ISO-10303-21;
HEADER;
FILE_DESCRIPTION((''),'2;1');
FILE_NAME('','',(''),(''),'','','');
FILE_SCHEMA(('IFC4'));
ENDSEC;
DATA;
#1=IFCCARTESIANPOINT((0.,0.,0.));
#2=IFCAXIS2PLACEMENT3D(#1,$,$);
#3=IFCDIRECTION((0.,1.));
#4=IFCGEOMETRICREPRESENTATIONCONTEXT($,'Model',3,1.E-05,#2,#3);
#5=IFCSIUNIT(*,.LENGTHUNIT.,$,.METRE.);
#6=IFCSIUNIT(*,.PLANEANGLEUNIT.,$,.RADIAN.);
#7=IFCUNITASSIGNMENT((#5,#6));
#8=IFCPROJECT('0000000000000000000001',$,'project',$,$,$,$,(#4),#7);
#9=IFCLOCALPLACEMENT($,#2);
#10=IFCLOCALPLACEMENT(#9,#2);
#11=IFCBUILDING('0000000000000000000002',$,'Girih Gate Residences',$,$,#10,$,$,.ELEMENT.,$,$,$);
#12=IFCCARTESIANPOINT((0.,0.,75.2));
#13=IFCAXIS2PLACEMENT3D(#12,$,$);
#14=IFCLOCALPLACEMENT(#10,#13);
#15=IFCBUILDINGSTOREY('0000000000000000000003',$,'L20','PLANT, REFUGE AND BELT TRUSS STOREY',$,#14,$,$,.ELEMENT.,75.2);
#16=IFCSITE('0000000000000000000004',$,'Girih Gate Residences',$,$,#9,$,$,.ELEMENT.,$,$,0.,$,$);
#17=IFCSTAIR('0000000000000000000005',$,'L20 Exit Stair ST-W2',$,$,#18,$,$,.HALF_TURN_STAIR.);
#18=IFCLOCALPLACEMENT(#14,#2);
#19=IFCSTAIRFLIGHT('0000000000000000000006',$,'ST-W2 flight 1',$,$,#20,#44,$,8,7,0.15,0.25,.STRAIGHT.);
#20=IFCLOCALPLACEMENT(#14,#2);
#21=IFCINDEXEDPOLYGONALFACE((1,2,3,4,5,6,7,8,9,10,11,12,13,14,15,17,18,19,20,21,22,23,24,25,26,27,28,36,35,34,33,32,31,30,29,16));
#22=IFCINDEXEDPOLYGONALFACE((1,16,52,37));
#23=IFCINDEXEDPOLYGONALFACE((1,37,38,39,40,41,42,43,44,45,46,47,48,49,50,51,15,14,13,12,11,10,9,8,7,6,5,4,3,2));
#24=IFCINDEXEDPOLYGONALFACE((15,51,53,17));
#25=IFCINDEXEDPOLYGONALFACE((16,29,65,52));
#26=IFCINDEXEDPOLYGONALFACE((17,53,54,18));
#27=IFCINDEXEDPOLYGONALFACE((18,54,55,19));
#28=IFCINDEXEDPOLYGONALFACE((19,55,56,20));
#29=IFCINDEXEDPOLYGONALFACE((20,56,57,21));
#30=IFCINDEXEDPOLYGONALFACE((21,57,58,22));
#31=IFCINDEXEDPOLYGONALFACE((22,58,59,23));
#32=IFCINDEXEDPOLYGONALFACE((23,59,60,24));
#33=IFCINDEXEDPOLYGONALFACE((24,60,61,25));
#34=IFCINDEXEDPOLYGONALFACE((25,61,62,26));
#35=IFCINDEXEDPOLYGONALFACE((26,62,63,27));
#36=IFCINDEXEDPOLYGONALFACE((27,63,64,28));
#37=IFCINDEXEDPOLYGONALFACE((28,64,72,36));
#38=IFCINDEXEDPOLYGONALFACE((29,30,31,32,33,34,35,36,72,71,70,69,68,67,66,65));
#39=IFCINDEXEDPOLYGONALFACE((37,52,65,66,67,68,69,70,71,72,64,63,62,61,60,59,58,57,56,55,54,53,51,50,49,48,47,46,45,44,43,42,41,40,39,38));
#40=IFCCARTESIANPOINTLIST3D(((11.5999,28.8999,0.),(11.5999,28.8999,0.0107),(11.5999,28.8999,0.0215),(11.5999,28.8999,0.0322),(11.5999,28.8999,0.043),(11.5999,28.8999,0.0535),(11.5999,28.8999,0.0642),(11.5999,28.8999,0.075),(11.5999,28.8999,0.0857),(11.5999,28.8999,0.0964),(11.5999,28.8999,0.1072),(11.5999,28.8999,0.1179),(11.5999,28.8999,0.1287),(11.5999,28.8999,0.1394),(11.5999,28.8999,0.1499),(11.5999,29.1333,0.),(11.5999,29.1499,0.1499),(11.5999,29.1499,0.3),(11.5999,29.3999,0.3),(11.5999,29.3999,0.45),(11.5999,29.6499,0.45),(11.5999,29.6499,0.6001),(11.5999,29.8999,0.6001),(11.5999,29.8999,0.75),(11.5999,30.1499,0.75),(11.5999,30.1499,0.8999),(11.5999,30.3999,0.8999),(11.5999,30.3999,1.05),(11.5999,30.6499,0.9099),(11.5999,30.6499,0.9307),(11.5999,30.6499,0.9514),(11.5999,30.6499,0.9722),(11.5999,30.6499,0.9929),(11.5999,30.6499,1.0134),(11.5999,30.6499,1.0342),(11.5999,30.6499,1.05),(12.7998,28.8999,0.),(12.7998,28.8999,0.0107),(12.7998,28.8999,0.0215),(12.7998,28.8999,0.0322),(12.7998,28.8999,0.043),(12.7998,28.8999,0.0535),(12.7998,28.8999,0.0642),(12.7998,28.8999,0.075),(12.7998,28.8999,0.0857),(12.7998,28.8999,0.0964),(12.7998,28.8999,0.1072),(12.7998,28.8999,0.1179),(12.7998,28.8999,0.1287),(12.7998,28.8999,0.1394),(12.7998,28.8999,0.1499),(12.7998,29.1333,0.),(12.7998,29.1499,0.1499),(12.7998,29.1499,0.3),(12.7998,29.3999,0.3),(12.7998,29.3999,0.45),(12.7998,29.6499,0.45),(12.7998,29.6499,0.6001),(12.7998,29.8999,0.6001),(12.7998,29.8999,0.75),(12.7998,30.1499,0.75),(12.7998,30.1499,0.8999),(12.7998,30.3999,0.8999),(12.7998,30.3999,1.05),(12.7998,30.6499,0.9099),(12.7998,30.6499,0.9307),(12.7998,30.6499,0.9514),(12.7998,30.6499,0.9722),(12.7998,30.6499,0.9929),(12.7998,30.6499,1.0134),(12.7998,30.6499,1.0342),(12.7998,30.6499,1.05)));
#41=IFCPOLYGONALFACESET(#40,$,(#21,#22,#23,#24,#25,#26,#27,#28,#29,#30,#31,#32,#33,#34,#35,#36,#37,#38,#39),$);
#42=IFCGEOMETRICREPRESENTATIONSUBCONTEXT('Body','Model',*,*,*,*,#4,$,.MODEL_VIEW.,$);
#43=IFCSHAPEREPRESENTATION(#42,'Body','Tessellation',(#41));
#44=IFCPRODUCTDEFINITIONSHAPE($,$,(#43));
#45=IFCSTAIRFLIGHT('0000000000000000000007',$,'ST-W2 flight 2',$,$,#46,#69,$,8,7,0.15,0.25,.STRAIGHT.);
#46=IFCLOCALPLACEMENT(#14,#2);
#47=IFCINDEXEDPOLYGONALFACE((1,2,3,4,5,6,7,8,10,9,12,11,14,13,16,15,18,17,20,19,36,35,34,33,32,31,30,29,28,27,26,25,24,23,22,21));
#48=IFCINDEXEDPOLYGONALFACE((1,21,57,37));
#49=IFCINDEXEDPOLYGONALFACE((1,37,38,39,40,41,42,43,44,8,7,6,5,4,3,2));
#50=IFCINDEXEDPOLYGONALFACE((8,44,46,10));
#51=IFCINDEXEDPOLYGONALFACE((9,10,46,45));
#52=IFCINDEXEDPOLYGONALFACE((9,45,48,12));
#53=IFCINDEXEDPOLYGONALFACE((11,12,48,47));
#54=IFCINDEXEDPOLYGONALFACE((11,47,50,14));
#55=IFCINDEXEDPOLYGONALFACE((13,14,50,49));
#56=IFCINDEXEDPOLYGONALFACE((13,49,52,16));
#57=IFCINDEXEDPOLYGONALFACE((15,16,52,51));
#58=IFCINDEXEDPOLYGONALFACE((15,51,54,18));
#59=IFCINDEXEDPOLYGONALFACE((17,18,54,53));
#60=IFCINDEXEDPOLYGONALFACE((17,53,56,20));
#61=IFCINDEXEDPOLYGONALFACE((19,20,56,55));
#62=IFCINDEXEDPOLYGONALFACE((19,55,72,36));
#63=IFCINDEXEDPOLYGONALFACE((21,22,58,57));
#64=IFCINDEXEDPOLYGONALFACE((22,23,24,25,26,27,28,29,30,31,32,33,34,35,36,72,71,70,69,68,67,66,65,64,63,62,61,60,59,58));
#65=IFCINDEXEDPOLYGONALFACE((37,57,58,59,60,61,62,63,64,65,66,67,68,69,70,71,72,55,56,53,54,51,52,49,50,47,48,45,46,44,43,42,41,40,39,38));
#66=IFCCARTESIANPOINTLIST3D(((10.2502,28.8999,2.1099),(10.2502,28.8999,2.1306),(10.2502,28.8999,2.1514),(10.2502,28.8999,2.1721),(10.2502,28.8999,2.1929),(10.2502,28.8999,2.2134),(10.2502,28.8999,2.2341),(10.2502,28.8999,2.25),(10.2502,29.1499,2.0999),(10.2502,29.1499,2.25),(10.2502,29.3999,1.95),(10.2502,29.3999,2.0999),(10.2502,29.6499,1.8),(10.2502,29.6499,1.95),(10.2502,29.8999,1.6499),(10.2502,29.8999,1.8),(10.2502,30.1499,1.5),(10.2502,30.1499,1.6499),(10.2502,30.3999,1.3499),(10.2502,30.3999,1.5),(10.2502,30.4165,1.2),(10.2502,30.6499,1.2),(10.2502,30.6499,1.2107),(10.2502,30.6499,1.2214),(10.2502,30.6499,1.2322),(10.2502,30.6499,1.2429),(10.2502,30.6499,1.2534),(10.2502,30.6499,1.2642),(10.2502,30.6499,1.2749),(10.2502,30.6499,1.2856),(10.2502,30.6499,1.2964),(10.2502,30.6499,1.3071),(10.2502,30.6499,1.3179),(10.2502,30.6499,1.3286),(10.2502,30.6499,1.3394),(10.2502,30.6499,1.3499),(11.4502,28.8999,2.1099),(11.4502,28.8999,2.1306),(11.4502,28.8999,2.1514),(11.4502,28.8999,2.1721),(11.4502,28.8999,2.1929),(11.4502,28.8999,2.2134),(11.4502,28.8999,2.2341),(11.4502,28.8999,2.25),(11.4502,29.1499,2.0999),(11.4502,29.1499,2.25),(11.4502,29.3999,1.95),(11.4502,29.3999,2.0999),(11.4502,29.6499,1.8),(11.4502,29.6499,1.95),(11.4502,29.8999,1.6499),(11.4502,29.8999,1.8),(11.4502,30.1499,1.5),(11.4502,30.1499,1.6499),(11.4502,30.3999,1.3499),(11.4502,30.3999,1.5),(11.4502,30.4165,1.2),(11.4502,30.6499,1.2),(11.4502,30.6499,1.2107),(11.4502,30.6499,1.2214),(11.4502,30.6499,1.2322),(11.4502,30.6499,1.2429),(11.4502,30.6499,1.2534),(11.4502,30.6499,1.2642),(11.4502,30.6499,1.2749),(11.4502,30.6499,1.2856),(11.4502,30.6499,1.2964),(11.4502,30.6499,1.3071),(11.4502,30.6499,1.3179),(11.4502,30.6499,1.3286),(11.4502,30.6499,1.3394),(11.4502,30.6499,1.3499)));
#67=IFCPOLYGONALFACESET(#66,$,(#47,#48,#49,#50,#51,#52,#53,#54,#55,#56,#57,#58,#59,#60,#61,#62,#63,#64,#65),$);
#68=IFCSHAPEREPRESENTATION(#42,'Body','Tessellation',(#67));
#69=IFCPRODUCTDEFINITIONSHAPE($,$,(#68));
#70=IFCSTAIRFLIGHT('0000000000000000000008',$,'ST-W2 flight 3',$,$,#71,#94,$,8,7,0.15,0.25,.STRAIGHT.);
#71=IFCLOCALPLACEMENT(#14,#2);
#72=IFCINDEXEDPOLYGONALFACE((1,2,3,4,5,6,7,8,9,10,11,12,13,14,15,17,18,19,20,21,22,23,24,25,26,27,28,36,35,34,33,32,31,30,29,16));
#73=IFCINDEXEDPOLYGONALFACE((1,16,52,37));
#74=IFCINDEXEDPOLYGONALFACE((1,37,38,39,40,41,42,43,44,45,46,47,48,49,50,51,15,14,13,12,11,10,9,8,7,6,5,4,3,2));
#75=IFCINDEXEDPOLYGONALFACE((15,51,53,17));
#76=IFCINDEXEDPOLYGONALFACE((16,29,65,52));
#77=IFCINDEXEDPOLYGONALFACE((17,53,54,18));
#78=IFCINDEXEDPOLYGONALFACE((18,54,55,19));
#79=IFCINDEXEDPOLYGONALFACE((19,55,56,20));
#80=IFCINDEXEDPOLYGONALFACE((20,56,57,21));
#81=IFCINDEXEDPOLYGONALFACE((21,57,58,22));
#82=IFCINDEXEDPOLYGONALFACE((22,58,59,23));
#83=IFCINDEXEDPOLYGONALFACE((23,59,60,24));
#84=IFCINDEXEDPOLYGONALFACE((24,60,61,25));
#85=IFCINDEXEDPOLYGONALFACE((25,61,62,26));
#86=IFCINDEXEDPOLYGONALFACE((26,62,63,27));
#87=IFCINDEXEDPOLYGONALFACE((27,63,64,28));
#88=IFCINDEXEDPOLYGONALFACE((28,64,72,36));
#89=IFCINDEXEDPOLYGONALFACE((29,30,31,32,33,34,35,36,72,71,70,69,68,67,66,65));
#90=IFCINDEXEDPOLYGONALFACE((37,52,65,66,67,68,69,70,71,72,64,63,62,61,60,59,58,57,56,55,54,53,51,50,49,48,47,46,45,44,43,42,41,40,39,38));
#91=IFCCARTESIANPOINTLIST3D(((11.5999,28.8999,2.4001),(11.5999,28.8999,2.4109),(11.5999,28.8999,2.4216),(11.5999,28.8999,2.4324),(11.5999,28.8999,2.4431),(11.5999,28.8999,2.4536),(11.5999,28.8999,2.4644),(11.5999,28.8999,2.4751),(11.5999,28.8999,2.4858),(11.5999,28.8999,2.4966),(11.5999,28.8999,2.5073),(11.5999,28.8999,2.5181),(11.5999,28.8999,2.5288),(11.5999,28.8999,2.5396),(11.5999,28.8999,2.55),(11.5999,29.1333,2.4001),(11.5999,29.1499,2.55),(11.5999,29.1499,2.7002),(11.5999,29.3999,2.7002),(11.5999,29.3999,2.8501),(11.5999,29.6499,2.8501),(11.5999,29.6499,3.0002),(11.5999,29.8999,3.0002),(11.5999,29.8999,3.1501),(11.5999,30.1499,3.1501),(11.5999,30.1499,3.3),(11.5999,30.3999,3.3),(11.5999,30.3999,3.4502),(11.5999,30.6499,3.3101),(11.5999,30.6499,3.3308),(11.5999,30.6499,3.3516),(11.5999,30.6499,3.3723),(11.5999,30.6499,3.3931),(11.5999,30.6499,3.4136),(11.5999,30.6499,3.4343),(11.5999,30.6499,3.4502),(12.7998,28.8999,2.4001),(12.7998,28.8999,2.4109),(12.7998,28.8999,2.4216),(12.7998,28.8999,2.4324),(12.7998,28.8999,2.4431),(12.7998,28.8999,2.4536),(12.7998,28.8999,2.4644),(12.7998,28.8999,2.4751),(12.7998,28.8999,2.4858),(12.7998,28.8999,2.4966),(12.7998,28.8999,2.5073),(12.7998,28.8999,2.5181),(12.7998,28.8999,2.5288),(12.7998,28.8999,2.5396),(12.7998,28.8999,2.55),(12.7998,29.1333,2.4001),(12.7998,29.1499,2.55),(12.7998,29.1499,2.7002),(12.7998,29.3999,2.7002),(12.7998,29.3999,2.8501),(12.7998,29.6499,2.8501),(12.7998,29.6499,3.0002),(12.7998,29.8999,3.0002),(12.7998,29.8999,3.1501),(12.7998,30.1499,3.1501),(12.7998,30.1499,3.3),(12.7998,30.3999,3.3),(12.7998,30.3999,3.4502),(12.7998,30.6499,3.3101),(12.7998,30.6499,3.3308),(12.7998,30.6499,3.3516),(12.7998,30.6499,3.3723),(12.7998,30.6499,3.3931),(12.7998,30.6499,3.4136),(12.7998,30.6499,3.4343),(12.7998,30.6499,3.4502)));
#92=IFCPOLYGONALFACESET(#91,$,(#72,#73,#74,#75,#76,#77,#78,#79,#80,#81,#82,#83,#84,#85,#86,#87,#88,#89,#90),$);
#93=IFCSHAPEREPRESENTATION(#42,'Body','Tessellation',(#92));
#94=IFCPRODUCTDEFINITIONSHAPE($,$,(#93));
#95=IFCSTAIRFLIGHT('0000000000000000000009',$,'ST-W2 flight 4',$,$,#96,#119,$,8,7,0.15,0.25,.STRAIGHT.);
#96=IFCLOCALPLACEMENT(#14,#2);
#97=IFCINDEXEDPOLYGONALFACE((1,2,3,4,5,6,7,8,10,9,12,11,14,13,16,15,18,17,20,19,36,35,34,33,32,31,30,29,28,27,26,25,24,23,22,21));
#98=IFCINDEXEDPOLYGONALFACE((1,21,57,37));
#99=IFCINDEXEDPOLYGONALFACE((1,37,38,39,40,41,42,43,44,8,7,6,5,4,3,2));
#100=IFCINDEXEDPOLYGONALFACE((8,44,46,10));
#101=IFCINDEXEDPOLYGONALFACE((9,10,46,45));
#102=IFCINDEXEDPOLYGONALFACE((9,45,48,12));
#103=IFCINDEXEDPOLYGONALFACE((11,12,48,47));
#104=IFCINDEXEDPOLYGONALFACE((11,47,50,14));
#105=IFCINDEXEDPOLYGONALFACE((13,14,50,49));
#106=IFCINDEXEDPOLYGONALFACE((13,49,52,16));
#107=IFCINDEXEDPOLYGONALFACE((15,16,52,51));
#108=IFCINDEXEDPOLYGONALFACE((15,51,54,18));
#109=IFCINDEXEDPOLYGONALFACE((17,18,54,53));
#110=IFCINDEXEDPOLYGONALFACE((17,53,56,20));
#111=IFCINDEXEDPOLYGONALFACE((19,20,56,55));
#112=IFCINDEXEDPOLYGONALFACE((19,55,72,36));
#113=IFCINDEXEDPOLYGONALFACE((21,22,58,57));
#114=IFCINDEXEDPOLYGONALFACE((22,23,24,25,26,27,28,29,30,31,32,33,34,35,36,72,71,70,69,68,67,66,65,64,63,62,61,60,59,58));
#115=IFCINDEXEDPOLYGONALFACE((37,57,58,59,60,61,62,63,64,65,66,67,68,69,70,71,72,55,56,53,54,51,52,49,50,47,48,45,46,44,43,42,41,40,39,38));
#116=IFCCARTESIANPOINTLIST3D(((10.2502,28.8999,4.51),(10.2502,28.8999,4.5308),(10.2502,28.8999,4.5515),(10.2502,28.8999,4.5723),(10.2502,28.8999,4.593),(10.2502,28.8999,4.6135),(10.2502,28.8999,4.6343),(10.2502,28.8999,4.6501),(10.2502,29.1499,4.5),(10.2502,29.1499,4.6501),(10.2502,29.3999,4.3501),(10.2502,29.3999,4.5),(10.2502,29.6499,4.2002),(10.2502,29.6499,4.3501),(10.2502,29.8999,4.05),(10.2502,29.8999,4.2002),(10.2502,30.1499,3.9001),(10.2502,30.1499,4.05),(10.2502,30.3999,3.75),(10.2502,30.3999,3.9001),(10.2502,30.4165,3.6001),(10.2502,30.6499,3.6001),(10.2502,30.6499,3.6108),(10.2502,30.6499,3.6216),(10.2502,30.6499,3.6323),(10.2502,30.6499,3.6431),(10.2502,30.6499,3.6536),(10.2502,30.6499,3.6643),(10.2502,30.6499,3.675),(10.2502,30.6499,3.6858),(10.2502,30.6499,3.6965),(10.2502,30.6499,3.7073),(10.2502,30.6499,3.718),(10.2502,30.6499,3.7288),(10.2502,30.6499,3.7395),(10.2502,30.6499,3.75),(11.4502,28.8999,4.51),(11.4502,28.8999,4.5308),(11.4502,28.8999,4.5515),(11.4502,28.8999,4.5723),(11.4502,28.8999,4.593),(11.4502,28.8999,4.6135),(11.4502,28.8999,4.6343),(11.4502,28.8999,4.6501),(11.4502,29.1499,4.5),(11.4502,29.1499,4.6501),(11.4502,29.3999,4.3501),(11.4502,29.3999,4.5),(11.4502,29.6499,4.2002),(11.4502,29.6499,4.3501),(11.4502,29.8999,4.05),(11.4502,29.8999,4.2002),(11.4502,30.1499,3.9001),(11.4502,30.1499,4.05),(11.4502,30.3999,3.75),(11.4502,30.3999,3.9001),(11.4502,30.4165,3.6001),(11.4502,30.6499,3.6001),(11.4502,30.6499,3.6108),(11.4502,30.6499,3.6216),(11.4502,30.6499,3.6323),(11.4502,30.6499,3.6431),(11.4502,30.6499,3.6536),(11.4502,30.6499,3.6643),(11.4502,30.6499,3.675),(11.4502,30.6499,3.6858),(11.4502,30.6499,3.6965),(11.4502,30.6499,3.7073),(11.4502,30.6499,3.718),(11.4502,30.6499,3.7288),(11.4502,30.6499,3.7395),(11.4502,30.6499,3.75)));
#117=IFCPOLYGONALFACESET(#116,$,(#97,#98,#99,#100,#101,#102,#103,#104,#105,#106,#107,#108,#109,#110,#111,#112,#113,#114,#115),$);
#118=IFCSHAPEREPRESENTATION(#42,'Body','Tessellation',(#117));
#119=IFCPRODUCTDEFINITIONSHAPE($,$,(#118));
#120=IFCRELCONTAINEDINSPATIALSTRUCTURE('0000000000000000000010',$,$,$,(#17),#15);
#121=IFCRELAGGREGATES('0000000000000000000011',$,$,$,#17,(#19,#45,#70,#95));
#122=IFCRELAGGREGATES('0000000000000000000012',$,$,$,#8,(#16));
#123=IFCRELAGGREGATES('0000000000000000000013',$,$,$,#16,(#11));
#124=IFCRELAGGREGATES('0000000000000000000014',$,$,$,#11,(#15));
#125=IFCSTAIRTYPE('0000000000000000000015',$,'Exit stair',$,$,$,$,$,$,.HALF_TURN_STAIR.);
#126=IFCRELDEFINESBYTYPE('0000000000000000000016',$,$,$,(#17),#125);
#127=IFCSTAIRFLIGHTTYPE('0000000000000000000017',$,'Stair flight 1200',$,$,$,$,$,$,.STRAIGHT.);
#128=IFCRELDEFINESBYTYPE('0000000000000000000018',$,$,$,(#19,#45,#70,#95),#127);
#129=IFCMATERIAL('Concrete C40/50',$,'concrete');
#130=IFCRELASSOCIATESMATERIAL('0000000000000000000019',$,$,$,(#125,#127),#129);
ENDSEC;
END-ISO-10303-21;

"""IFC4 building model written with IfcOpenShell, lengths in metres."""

from ifc_helpers import new_model, si_unit, direction, frame, origin, place, context, subcontext, project, spatial, polyline, outline, extrude, material, type_object, element, aggregate, save


model = new_model("IFC4")

# Units and contexts
model_context = context("Model", 3, precision=1e-05, world=origin(), true_north=direction((0.0, 1.0)))
body_context = subcontext(model_context, "Body", "Model", "MODEL_VIEW")
ifc_project = project(units=[si_unit("LENGTHUNIT", "METRE"), si_unit("PLANEANGLEUNIT", "RADIAN")], contexts=[model_context])

# Site, building, storey
site_placement = place(None, origin())
site = spatial("IfcSite", under=ifc_project, at=site_placement, Name="Girih Gate Residences", CompositionType="ELEMENT", RefElevation=0.0)
building_placement = place(site_placement, origin())
building = spatial("IfcBuilding", under=site, at=building_placement, Name="Girih Gate Residences", CompositionType="ELEMENT")
storey_placement = place(building_placement, frame((0.0, 0.0, 75.2)))
storey = spatial("IfcBuildingStorey", under=building, at=storey_placement, Name="L20", Description="PLANT, REFUGE AND BELT TRUSS STOREY", CompositionType="ELEMENT", Elevation=75.2)

# Shared definitions
ifc_material_1 = material(Name="Concrete C40/50", Category="concrete")

# Stair, stair flights
stair_type = type_object("IfcStairType", Name="Exit stair", PredefinedType="HALF_TURN_STAIR", material=ifc_material_1)
stair_placement = place(storey_placement, origin())
stair = element("IfcStair", 1, at=stair_placement, inside=storey, type_object=stair_type, Name="L20 Exit Stair ST-W2", PredefinedType="HALF_TURN_STAIR")
stair_flight_type = type_object("IfcStairFlightType", Name="Stair flight 1200", PredefinedType="STRAIGHT", material=ifc_material_1)
stair_flight_1_placement = place(storey_placement, frame((12.2, 28.8999, 0.0), z_axis=(0.0, 0.0, 1.0), x_axis=(0.0, 1.0, 0.0)))
stair_flight_1 = element("IfcStairFlight", 2, at=stair_flight_1_placement, type_object=stair_flight_type, Name="ST-W2 flight 1", NumberOfRisers=8, NumberOfTreads=7, PredefinedType="STRAIGHT", RiserHeight=0.15, TreadLength=0.25, context=body_context, shape_type="SweptSolid", body=[
    extrude(outline(polyline([(0.0, 0.0), (0.0, 0.0107), (0.0, 0.0215), (0.0, 0.0322), (0.0, 0.043), (0.0, 0.0535), (0.0, 0.0642), (0.0, 0.075), (0.0, 0.0857), (0.0, 0.0964), (0.0, 0.1072), (0.0, 0.1179), (0.0, 0.1287), (0.0, 0.1394), (0.0, 0.1499), (0.25, 0.1499), (0.25, 0.3), (0.5, 0.3), (0.5, 0.45), (0.75, 0.45), (0.75, 0.6001), (1.0, 0.6001), (1.0, 0.75), (1.25, 0.75), (1.25, 0.8999), (1.5, 0.8999), (1.5, 1.05), (1.75, 1.05), (1.75, 1.0608), (1.75, 1.0715), (1.75, 1.082), (1.75, 1.0928), (1.75, 1.1035), (1.75, 1.1143), (1.75, 1.125), (1.75, 1.1357), (1.75, 1.1465), (1.75, 1.1572), (1.75, 1.168), (1.75, 1.1785), (1.75, 1.1892), (1.75, 1.2), (1.75, 1.1792), (1.75, 1.1584), (1.75, 1.1379), (1.75, 1.1172), (1.75, 1.0964), (1.75, 1.0757), (1.75, 1.0549), (1.75, 1.0342), (1.75, 1.0134), (1.75, 0.9929), (1.75, 0.9722), (1.75, 0.9514), (1.75, 0.9307), (1.75, 0.9099), (0.2334, 0.0), (0.0, 0.0)])), frame((0.0, 0.6001, 0.0), z_axis=(0.0, -1.0, 0.0), x_axis=(1.0, 0.0, 0.0)), (0.0, 0.0, 1.0), 1.2),
])
stair_flight_2_placement = place(storey_placement, frame((10.8501, 30.6499, 1.2), z_axis=(0.0, 0.0, 1.0), x_axis=(0.0, -1.0, 0.0)))
stair_flight_2 = element("IfcStairFlight", 3, at=stair_flight_2_placement, type_object=stair_flight_type, Name="ST-W2 flight 2", NumberOfRisers=8, NumberOfTreads=7, PredefinedType="STRAIGHT", RiserHeight=0.15, TreadLength=0.25, context=body_context, shape_type="SweptSolid", body=[
    extrude(outline(polyline([(0.0, 0.0), (0.0, 0.0107), (0.0, 0.0215), (0.0, 0.0322), (0.0, 0.043), (0.0, 0.0535), (0.0, 0.0642), (0.0, 0.075), (0.0, 0.0857), (0.0, 0.0964), (0.0, 0.1072), (0.0, 0.1179), (0.0, 0.1287), (0.0, 0.1394), (0.0, 0.1499), (0.25, 0.1499), (0.25, 0.3), (0.5, 0.3), (0.5, 0.45), (0.75, 0.45), (0.75, 0.6001), (1.0, 0.6001), (1.0, 0.75), (1.25, 0.75), (1.25, 0.8999), (1.5, 0.8999), (1.5, 1.05), (1.75, 1.05), (1.75, 1.0608), (1.75, 1.0715), (1.75, 1.082), (1.75, 1.0928), (1.75, 1.1035), (1.75, 1.1143), (1.75, 1.125), (1.75, 1.1357), (1.75, 1.1465), (1.75, 1.1572), (1.75, 1.168), (1.75, 1.1785), (1.75, 1.1892), (1.75, 1.2), (1.75, 1.1792), (1.75, 1.1584), (1.75, 1.1379), (1.75, 1.1172), (1.75, 1.0964), (1.75, 1.0757), (1.75, 1.0549), (1.75, 1.0342), (1.75, 1.0134), (1.75, 0.9929), (1.75, 0.9722), (1.75, 0.9514), (1.75, 0.9307), (1.75, 0.9099), (0.2334, 0.0), (0.0, 0.0)])), frame((0.0, 0.6001, 0.0), z_axis=(0.0, -1.0, 0.0), x_axis=(1.0, 0.0, 0.0)), (0.0, 0.0, 1.0), 1.2),
])
stair_flight_3_placement = place(storey_placement, frame((12.2, 28.8999, 2.4001), z_axis=(0.0, 0.0, 1.0), x_axis=(0.0, 1.0, 0.0)))
stair_flight_3 = element("IfcStairFlight", 4, at=stair_flight_3_placement, type_object=stair_flight_type, Name="ST-W2 flight 3", NumberOfRisers=8, NumberOfTreads=7, PredefinedType="STRAIGHT", RiserHeight=0.15, TreadLength=0.25, context=body_context, shape_type="SweptSolid", body=[
    extrude(outline(polyline([(0.0, 0.0), (0.0, 0.0107), (0.0, 0.0215), (0.0, 0.0322), (0.0, 0.043), (0.0, 0.0535), (0.0, 0.0642), (0.0, 0.075), (0.0, 0.0857), (0.0, 0.0964), (0.0, 0.1072), (0.0, 0.1179), (0.0, 0.1287), (0.0, 0.1394), (0.0, 0.1499), (0.25, 0.1499), (0.25, 0.3), (0.5, 0.3), (0.5, 0.45), (0.75, 0.45), (0.75, 0.6001), (1.0, 0.6001), (1.0, 0.75), (1.25, 0.75), (1.25, 0.8999), (1.5, 0.8999), (1.5, 1.05), (1.75, 1.05), (1.75, 1.0608), (1.75, 1.0715), (1.75, 1.082), (1.75, 1.0928), (1.75, 1.1035), (1.75, 1.1143), (1.75, 1.125), (1.75, 1.1357), (1.75, 1.1465), (1.75, 1.1572), (1.75, 1.168), (1.75, 1.1785), (1.75, 1.1892), (1.75, 1.2), (1.75, 1.1792), (1.75, 1.1584), (1.75, 1.1379), (1.75, 1.1172), (1.75, 1.0964), (1.75, 1.0757), (1.75, 1.0549), (1.75, 1.0342), (1.75, 1.0134), (1.75, 0.9929), (1.75, 0.9722), (1.75, 0.9514), (1.75, 0.9307), (1.75, 0.9099), (0.2334, 0.0), (0.0, 0.0)])), frame((0.0, 0.6001, 0.0), z_axis=(0.0, -1.0, 0.0), x_axis=(1.0, 0.0, 0.0)), (0.0, 0.0, 1.0), 1.2),
])
stair_flight_4_placement = place(storey_placement, frame((10.8501, 30.6499, 3.6001), z_axis=(0.0, 0.0, 1.0), x_axis=(0.0, -1.0, 0.0)))
stair_flight_4 = element("IfcStairFlight", 5, at=stair_flight_4_placement, type_object=stair_flight_type, Name="ST-W2 flight 4", NumberOfRisers=8, NumberOfTreads=7, PredefinedType="STRAIGHT", RiserHeight=0.15, TreadLength=0.25, context=body_context, shape_type="SweptSolid", body=[
    extrude(outline(polyline([(0.0, 0.0), (0.0, 0.0107), (0.0, 0.0215), (0.0, 0.0322), (0.0, 0.043), (0.0, 0.0535), (0.0, 0.0642), (0.0, 0.075), (0.0, 0.0857), (0.0, 0.0964), (0.0, 0.1072), (0.0, 0.1179), (0.0, 0.1287), (0.0, 0.1394), (0.0, 0.1499), (0.25, 0.1499), (0.25, 0.3), (0.5, 0.3), (0.5, 0.45), (0.75, 0.45), (0.75, 0.6001), (1.0, 0.6001), (1.0, 0.75), (1.25, 0.75), (1.25, 0.8999), (1.5, 0.8999), (1.5, 1.05), (1.75, 1.05), (1.75, 1.0608), (1.75, 1.0715), (1.75, 1.082), (1.75, 1.0928), (1.75, 1.1035), (1.75, 1.1143), (1.75, 1.125), (1.75, 1.1357), (1.75, 1.1465), (1.75, 1.1572), (1.75, 1.168), (1.75, 1.1785), (1.75, 1.1892), (1.75, 1.2), (1.75, 1.1792), (1.75, 1.1584), (1.75, 1.1379), (1.75, 1.1172), (1.75, 1.0964), (1.75, 1.0757), (1.75, 1.0549), (1.75, 1.0342), (1.75, 1.0134), (1.75, 0.9929), (1.75, 0.9722), (1.75, 0.9514), (1.75, 0.9307), (1.75, 0.9099), (0.2334, 0.0), (0.0, 0.0)])), frame((0.0, 0.6001, 0.0), z_axis=(0.0, -1.0, 0.0), x_axis=(1.0, 0.0, 0.0)), (0.0, 0.0, 1.0), 1.2),
])
aggregate(stair, [stair_flight_1, stair_flight_2, stair_flight_3, stair_flight_4])

save(model, "model.ifc")
